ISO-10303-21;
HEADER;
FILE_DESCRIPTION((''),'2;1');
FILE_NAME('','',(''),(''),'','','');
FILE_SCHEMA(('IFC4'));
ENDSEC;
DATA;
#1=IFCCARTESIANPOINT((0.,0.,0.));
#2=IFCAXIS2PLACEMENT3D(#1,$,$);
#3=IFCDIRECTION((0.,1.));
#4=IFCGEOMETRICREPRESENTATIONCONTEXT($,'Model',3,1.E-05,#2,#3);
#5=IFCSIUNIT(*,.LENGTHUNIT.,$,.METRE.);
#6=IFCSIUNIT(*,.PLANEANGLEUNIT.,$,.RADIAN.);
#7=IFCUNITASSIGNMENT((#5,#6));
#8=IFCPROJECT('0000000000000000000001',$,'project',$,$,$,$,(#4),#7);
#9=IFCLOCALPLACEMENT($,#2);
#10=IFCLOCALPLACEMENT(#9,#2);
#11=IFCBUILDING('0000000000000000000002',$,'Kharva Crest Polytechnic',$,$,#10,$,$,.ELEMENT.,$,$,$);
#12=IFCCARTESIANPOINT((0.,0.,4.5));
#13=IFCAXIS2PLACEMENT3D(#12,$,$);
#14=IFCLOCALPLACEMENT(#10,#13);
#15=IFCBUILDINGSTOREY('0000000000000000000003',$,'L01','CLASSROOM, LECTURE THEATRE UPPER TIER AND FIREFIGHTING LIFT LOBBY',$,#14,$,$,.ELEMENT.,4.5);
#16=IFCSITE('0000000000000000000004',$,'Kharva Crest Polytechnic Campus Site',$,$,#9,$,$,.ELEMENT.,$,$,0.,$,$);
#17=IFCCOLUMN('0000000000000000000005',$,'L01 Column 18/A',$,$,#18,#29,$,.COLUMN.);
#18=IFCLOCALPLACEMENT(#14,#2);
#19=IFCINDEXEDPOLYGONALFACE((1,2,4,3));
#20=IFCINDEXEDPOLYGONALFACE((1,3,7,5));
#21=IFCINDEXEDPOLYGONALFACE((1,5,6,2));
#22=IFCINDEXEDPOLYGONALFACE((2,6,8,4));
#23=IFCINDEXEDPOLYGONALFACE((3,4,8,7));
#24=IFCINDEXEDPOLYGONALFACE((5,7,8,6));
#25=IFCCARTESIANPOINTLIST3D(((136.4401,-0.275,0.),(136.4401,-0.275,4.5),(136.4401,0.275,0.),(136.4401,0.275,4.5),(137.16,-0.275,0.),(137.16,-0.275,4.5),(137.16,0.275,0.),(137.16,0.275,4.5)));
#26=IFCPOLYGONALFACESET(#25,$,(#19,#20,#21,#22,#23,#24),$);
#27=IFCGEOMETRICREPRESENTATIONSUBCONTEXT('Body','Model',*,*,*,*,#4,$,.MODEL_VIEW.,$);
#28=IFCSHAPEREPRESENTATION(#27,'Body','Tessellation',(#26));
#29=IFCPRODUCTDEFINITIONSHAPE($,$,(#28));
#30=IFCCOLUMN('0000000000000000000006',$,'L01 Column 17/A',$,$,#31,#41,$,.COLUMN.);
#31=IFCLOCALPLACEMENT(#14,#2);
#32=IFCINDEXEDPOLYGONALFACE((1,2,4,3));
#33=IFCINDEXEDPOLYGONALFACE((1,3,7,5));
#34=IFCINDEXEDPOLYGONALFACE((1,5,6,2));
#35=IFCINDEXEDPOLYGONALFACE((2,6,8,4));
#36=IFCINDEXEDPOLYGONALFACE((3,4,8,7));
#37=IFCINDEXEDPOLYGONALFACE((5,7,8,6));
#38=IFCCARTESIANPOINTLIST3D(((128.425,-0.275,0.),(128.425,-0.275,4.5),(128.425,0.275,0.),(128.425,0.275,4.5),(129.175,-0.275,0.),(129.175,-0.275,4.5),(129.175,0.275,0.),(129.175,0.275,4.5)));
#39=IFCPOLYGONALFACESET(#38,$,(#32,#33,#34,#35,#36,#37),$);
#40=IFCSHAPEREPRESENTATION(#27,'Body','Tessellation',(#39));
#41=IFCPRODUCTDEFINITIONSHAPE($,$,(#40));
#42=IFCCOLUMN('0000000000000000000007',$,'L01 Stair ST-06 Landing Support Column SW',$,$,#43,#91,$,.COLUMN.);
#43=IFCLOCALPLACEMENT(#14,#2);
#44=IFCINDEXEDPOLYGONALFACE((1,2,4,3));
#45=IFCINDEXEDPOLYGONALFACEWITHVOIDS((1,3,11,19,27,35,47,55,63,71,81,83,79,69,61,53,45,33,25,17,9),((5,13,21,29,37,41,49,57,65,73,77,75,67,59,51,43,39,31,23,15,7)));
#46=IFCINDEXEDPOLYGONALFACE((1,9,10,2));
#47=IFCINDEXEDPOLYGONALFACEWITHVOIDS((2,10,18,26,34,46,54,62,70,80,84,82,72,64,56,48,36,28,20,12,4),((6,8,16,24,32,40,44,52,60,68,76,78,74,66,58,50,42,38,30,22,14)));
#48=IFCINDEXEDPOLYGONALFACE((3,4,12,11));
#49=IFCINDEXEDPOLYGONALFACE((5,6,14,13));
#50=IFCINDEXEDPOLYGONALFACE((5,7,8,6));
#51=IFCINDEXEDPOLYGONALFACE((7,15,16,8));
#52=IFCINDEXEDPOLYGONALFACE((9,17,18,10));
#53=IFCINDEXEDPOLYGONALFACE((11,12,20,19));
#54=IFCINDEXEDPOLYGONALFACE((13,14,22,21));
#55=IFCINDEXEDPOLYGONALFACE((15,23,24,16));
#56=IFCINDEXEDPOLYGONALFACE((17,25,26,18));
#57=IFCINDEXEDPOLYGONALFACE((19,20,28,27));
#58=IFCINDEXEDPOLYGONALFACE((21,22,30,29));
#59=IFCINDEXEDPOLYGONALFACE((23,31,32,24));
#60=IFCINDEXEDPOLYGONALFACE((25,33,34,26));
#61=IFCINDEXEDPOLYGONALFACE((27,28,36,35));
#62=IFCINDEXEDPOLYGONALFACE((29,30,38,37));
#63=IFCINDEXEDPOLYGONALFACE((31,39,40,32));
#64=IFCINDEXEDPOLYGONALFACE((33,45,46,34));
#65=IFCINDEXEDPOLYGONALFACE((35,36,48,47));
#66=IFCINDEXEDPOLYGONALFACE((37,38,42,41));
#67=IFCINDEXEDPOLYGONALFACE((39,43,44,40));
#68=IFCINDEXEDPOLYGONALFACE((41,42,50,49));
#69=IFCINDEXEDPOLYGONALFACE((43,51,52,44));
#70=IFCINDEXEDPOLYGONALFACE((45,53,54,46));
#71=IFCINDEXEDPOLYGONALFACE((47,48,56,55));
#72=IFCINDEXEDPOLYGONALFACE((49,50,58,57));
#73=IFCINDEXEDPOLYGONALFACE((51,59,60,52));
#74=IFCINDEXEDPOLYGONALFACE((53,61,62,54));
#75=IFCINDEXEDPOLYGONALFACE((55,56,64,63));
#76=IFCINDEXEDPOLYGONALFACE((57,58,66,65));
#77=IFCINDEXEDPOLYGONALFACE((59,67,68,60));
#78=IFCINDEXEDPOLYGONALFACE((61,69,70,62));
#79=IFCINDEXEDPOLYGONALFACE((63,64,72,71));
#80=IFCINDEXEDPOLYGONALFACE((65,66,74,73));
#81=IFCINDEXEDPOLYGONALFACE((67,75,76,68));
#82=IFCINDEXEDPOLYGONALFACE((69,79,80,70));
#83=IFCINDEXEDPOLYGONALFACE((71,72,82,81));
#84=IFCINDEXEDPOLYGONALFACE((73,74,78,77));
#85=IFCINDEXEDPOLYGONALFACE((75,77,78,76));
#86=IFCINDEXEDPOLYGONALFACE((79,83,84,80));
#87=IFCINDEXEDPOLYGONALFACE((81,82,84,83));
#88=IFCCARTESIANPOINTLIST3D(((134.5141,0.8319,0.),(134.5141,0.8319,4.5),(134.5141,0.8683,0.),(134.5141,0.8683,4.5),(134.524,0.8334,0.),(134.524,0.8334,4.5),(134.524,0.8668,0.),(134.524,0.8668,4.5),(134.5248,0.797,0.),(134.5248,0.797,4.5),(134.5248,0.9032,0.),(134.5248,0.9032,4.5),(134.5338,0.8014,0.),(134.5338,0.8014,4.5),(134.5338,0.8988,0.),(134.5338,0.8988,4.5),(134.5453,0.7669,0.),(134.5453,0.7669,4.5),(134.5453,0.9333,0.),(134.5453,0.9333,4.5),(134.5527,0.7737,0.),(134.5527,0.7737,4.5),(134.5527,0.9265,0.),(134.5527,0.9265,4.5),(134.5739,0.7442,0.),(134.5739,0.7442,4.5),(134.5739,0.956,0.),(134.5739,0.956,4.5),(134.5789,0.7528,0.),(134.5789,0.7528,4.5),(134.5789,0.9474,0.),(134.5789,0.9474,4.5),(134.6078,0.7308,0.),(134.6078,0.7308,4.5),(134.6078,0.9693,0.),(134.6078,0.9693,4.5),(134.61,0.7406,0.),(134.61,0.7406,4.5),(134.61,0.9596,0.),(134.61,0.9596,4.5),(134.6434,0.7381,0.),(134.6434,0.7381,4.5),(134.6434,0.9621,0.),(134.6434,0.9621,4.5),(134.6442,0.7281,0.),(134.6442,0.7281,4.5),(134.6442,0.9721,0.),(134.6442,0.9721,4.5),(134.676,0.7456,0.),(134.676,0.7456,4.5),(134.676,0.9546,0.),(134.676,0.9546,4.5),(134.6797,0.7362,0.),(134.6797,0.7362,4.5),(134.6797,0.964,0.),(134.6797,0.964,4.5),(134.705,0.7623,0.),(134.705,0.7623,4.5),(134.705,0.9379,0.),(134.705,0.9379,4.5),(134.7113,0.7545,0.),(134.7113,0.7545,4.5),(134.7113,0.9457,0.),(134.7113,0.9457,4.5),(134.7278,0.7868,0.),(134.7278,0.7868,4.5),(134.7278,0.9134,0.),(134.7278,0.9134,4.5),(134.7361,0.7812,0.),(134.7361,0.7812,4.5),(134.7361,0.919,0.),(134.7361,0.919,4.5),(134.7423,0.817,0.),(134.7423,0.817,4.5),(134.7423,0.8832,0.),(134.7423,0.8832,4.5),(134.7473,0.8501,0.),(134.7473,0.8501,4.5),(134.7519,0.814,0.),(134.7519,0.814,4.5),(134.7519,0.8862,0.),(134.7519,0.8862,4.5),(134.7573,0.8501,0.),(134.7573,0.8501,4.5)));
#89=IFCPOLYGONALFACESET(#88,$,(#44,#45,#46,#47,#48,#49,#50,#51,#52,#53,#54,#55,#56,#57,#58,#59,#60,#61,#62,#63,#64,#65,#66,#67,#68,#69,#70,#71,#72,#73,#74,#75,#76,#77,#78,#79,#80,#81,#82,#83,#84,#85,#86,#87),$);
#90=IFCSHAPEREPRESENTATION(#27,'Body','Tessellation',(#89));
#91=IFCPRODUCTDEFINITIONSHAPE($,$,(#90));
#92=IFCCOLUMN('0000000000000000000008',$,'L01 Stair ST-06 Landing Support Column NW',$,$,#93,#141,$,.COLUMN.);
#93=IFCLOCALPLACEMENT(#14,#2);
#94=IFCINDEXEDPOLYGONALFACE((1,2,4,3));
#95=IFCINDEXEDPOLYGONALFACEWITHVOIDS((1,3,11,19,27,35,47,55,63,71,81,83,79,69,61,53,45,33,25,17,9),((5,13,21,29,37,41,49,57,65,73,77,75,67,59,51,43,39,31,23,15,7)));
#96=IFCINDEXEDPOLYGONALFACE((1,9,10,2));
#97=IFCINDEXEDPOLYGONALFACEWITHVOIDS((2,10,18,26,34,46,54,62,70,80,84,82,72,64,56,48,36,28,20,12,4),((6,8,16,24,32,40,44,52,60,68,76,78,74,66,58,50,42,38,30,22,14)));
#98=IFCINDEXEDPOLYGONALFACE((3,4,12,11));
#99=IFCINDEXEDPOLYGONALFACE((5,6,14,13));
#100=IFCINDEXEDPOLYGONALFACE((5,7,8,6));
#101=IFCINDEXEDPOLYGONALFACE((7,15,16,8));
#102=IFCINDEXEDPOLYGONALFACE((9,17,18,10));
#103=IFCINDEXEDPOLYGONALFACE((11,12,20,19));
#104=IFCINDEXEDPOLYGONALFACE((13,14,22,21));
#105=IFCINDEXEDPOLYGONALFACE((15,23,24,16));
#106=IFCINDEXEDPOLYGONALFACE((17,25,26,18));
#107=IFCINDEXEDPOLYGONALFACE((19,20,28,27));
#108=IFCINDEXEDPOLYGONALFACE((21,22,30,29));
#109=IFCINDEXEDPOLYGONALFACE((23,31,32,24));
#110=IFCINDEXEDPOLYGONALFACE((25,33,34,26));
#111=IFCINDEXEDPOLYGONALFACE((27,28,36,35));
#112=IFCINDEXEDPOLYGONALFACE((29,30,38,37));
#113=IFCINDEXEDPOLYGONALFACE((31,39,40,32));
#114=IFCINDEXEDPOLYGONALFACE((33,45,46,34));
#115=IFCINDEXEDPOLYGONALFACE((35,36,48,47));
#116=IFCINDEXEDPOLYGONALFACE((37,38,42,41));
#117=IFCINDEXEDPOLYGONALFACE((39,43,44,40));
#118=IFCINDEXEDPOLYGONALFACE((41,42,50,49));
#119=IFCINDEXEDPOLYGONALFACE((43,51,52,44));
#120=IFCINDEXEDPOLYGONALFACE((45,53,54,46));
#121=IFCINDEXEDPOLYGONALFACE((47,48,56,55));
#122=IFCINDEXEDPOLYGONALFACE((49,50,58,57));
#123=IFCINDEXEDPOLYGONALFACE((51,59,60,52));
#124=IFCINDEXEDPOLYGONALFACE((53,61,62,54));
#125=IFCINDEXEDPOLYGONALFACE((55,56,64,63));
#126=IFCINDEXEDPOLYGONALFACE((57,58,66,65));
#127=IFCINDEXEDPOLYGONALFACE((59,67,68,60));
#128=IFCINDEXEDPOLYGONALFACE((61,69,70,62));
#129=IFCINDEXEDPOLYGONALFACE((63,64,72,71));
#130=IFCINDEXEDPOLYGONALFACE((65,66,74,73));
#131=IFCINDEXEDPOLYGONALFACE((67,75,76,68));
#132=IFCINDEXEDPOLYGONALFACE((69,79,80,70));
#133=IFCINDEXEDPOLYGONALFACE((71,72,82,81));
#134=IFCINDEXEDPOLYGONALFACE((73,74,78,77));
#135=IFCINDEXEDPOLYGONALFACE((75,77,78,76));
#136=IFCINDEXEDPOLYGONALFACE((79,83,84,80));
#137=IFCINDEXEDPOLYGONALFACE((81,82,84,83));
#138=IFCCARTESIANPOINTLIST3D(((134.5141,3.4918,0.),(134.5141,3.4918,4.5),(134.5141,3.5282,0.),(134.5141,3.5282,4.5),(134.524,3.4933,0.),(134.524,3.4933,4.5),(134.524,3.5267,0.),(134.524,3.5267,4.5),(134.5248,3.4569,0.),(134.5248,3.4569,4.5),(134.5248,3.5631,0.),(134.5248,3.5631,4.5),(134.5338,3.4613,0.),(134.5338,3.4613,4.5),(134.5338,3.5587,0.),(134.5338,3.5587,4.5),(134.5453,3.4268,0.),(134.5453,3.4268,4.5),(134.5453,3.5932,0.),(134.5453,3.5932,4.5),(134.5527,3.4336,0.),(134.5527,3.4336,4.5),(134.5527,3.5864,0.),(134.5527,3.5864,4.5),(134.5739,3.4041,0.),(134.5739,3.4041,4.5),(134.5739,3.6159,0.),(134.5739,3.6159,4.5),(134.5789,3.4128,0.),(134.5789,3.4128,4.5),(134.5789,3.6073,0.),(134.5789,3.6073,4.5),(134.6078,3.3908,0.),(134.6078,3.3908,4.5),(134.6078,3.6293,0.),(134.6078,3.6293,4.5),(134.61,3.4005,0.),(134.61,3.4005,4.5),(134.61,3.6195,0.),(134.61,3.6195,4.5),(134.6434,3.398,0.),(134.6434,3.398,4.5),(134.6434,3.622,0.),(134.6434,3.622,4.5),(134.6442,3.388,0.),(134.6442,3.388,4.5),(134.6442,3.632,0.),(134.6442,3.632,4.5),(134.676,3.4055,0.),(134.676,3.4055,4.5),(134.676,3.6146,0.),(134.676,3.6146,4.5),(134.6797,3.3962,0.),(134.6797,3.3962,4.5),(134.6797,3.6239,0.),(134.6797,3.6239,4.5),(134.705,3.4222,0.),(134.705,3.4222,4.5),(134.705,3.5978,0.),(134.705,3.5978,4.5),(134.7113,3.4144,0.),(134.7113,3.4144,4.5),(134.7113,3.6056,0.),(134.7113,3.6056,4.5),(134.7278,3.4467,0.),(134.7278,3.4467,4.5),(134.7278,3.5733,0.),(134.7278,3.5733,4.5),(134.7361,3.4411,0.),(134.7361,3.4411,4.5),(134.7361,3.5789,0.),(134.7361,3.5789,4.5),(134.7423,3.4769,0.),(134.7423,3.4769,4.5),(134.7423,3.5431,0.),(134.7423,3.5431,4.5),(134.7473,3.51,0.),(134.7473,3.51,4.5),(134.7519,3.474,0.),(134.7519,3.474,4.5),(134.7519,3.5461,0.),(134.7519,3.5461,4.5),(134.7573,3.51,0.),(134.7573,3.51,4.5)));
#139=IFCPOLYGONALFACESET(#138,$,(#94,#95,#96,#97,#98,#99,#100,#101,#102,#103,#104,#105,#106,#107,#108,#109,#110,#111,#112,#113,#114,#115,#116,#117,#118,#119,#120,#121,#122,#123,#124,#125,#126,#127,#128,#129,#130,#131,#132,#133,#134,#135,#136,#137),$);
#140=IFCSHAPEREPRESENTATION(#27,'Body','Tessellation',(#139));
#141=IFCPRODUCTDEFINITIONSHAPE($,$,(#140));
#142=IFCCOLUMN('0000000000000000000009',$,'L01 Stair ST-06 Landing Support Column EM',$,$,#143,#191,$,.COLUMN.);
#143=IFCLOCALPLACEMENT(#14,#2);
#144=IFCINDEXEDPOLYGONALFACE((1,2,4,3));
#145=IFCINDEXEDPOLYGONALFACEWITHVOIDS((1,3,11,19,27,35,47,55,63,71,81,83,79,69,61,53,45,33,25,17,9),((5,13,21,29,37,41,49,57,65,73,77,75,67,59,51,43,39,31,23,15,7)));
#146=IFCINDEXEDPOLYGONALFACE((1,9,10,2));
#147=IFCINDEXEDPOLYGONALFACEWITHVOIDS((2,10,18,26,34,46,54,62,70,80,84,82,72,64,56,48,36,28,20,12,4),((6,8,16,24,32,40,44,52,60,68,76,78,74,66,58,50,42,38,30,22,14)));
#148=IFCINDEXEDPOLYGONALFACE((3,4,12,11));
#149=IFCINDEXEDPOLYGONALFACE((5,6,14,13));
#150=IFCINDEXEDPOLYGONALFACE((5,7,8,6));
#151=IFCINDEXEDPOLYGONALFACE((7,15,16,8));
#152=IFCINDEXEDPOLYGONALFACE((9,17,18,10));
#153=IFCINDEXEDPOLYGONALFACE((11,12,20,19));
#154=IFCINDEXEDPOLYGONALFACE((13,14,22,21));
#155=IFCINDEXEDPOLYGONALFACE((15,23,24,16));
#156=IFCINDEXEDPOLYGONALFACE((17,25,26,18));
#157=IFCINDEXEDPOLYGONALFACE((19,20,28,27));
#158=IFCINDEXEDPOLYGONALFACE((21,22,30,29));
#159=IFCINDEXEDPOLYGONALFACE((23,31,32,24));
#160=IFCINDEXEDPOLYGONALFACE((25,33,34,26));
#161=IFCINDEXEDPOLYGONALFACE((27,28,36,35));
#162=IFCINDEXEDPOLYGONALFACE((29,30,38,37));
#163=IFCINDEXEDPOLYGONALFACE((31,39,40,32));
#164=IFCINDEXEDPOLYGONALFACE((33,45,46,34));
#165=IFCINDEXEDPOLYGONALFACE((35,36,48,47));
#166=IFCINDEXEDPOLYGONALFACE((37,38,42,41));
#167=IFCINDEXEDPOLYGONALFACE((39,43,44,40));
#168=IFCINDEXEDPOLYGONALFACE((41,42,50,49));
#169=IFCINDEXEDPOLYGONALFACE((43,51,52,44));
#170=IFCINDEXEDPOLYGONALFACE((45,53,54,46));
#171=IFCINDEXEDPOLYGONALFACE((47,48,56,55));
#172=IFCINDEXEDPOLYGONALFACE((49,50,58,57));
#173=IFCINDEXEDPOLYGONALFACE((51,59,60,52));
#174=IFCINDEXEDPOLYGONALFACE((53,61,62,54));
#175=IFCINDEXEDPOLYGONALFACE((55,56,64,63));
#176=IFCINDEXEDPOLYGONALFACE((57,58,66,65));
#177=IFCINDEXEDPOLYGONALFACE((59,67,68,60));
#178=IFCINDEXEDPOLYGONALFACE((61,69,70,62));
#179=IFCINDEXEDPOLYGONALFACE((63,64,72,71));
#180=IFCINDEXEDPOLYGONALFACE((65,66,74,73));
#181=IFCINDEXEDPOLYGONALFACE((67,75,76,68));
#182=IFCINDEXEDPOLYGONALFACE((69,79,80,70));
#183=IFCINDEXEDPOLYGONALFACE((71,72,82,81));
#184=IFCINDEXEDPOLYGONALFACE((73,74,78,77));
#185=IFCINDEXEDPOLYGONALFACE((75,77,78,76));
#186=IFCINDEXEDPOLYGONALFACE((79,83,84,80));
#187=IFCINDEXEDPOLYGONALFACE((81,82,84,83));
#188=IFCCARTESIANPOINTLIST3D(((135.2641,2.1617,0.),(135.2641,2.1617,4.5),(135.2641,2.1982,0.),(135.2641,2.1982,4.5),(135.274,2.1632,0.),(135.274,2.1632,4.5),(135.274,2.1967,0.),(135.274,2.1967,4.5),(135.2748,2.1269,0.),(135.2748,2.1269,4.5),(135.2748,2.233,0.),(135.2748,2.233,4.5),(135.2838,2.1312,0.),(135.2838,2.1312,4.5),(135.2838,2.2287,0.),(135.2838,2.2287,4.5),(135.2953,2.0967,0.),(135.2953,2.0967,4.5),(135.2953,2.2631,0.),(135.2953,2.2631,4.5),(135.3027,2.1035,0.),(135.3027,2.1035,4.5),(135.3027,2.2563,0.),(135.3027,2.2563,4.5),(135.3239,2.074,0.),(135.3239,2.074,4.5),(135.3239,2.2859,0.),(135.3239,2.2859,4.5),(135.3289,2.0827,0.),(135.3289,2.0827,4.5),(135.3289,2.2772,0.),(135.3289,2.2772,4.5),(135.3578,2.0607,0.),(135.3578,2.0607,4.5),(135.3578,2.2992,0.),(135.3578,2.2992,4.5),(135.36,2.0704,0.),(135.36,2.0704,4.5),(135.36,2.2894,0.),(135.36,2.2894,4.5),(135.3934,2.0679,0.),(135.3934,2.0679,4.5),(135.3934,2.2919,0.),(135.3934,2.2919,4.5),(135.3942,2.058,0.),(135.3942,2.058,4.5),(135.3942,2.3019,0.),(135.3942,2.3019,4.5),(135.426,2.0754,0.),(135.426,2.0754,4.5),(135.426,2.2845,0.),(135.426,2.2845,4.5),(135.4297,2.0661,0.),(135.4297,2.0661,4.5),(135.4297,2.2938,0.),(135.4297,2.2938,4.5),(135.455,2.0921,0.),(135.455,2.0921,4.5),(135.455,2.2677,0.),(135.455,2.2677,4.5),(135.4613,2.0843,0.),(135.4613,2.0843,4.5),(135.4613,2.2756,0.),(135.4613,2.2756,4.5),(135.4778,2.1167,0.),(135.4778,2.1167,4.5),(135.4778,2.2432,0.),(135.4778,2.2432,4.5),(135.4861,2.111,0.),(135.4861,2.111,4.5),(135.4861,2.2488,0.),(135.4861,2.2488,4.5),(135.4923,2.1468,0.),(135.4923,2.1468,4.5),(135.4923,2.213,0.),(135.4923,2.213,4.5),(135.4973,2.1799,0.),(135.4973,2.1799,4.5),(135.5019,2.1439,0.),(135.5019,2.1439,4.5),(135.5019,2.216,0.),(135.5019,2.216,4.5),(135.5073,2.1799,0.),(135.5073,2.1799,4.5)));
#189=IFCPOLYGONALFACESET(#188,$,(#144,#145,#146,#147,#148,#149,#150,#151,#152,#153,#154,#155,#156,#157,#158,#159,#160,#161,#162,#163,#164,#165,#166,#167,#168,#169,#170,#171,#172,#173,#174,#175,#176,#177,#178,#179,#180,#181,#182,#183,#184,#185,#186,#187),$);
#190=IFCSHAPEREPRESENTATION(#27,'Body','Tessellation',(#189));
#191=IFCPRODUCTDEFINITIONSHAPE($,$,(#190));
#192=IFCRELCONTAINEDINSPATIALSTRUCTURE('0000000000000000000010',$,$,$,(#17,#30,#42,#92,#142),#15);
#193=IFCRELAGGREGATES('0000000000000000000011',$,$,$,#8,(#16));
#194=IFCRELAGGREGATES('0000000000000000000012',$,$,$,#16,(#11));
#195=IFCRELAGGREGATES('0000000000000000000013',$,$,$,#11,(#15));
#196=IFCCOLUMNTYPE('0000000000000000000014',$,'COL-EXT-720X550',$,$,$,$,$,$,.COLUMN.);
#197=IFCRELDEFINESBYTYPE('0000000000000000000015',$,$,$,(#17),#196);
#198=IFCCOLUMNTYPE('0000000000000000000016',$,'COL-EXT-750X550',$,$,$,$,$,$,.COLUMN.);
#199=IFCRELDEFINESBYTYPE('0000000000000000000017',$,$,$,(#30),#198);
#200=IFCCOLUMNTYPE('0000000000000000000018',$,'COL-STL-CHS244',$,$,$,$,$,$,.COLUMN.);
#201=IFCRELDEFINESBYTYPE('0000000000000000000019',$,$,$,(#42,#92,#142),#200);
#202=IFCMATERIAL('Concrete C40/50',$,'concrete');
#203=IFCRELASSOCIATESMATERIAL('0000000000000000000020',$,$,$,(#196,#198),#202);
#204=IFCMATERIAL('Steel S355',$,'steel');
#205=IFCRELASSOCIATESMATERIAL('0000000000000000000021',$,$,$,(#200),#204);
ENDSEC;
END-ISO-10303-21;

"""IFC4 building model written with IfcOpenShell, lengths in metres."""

from ifc_helpers import new_model, si_unit, direction, frame, origin, origin_2d, place, context, subcontext, project, spatial, rectangle, hollow_circle, extrude, material, material_profile, profile_set, type_object, element, save


model = new_model("IFC4")

# Units and contexts
model_context = context("Model", 3, precision=1e-05, world=origin(), true_north=direction((0.0, 1.0)))
body_context = subcontext(model_context, "Body", "Model", "MODEL_VIEW")
ifc_project = project(units=[si_unit("LENGTHUNIT", "METRE"), si_unit("PLANEANGLEUNIT", "RADIAN")], contexts=[model_context])

# Site, building, storey
site_placement = place(None, origin())
site = spatial("IfcSite", under=ifc_project, at=site_placement, Name="Kharva Crest Polytechnic Campus Site", CompositionType="ELEMENT", RefElevation=0.0)
building_placement = place(site_placement, origin())
building = spatial("IfcBuilding", under=site, at=building_placement, Name="Kharva Crest Polytechnic", CompositionType="ELEMENT")
storey_placement = place(building_placement, frame((0.0, 0.0, 4.5)))
storey = spatial("IfcBuildingStorey", under=building, at=storey_placement, Name="L01", Description="CLASSROOM, LECTURE THEATRE UPPER TIER AND FIREFIGHTING LIFT LOBBY", CompositionType="ELEMENT", Elevation=4.5)

# Columns
ifc_material_1 = material(Name="Concrete C40/50", Category="concrete")
ifc_material_profile_1 = material_profile(ifc_material_1, rectangle(XDim=0.72, YDim=0.55, at=origin_2d()), Name="RECT 720 X 550")
ifc_profile_set_1 = profile_set([ifc_material_profile_1], Name="Concrete C40/50")
column_type_1 = type_object("IfcColumnType", Name="COL-EXT-720X550", PredefinedType="COLUMN", material=ifc_profile_set_1)
column_1_placement = place(storey_placement, frame((136.8, 0.0, 0.0), z_axis=(0.0, 0.0, 1.0), x_axis=(1.0, 0.0, 0.0)))
element("IfcColumn", 1, at=column_1_placement, inside=storey, type_object=column_type_1, Name="L01 Column 18/A", PredefinedType="COLUMN", context=body_context, shape_type="SweptSolid", body=[
    extrude(rectangle(XDim=0.72, YDim=0.55, at=origin_2d()), origin(), (0.0, 0.0, 1.0), 4.5),
])
ifc_material_profile_2 = material_profile(ifc_material_1, rectangle(XDim=0.75, YDim=0.55, at=origin_2d()), Name="RECT 750 X 550")
ifc_profile_set_2 = profile_set([ifc_material_profile_2], Name="Concrete C40/50")
column_type_2 = type_object("IfcColumnType", Name="COL-EXT-750X550", PredefinedType="COLUMN", material=ifc_profile_set_2)
column_2_placement = place(storey_placement, frame((128.8, 0.0, 0.0), z_axis=(0.0, 0.0, 1.0), x_axis=(1.0, 0.0, 0.0)))
element("IfcColumn", 2, at=column_2_placement, inside=storey, type_object=column_type_2, Name="L01 Column 17/A", PredefinedType="COLUMN", context=body_context, shape_type="SweptSolid", body=[
    extrude(rectangle(XDim=0.75, YDim=0.55, at=origin_2d()), origin(), (0.0, 0.0, 1.0), 4.5),
])
ifc_material_2 = material(Name="Steel S355", Category="steel")
ifc_material_profile_3 = material_profile(ifc_material_2, hollow_circle(Radius=0.1223, WallThickness=0.01, at=origin_2d()), Name="CHS 244.5X10.0")
ifc_profile_set_3 = profile_set([ifc_material_profile_3], Name="Steel S355")
column_type_3 = type_object("IfcColumnType", Name="COL-STL-CHS244", PredefinedType="COLUMN", material=ifc_profile_set_3)
for number, where, z_axis, x_axis, name in (
    (3, (134.635, 0.8501, 0.0), (0.0, 0.0, 1.0), (1.0, 0.0, 0.0), "L01 Stair ST-06 Landing Support Column SW"),
    (4, (134.635, 3.51, 0.0), (0.0, 0.0, 1.0), (1.0, 0.0, 0.0), "L01 Stair ST-06 Landing Support Column NW"),
    (5, (135.385, 2.1799, 0.0), (0.0, 0.0, 1.0), (1.0, 0.0, 0.0), "L01 Stair ST-06 Landing Support Column EM"),
):
    element("IfcColumn", number, at=place(storey_placement, frame(where, z_axis=z_axis, x_axis=x_axis)), inside=storey, type_object=column_type_3, Name=name, PredefinedType="COLUMN", context=body_context, shape_type="SweptSolid", body=[
        extrude(hollow_circle(Radius=0.1223, WallThickness=0.01, at=origin_2d()), origin(), (0.0, 0.0, 1.0), 4.5),
    ])

save(model, "model.ifc")
